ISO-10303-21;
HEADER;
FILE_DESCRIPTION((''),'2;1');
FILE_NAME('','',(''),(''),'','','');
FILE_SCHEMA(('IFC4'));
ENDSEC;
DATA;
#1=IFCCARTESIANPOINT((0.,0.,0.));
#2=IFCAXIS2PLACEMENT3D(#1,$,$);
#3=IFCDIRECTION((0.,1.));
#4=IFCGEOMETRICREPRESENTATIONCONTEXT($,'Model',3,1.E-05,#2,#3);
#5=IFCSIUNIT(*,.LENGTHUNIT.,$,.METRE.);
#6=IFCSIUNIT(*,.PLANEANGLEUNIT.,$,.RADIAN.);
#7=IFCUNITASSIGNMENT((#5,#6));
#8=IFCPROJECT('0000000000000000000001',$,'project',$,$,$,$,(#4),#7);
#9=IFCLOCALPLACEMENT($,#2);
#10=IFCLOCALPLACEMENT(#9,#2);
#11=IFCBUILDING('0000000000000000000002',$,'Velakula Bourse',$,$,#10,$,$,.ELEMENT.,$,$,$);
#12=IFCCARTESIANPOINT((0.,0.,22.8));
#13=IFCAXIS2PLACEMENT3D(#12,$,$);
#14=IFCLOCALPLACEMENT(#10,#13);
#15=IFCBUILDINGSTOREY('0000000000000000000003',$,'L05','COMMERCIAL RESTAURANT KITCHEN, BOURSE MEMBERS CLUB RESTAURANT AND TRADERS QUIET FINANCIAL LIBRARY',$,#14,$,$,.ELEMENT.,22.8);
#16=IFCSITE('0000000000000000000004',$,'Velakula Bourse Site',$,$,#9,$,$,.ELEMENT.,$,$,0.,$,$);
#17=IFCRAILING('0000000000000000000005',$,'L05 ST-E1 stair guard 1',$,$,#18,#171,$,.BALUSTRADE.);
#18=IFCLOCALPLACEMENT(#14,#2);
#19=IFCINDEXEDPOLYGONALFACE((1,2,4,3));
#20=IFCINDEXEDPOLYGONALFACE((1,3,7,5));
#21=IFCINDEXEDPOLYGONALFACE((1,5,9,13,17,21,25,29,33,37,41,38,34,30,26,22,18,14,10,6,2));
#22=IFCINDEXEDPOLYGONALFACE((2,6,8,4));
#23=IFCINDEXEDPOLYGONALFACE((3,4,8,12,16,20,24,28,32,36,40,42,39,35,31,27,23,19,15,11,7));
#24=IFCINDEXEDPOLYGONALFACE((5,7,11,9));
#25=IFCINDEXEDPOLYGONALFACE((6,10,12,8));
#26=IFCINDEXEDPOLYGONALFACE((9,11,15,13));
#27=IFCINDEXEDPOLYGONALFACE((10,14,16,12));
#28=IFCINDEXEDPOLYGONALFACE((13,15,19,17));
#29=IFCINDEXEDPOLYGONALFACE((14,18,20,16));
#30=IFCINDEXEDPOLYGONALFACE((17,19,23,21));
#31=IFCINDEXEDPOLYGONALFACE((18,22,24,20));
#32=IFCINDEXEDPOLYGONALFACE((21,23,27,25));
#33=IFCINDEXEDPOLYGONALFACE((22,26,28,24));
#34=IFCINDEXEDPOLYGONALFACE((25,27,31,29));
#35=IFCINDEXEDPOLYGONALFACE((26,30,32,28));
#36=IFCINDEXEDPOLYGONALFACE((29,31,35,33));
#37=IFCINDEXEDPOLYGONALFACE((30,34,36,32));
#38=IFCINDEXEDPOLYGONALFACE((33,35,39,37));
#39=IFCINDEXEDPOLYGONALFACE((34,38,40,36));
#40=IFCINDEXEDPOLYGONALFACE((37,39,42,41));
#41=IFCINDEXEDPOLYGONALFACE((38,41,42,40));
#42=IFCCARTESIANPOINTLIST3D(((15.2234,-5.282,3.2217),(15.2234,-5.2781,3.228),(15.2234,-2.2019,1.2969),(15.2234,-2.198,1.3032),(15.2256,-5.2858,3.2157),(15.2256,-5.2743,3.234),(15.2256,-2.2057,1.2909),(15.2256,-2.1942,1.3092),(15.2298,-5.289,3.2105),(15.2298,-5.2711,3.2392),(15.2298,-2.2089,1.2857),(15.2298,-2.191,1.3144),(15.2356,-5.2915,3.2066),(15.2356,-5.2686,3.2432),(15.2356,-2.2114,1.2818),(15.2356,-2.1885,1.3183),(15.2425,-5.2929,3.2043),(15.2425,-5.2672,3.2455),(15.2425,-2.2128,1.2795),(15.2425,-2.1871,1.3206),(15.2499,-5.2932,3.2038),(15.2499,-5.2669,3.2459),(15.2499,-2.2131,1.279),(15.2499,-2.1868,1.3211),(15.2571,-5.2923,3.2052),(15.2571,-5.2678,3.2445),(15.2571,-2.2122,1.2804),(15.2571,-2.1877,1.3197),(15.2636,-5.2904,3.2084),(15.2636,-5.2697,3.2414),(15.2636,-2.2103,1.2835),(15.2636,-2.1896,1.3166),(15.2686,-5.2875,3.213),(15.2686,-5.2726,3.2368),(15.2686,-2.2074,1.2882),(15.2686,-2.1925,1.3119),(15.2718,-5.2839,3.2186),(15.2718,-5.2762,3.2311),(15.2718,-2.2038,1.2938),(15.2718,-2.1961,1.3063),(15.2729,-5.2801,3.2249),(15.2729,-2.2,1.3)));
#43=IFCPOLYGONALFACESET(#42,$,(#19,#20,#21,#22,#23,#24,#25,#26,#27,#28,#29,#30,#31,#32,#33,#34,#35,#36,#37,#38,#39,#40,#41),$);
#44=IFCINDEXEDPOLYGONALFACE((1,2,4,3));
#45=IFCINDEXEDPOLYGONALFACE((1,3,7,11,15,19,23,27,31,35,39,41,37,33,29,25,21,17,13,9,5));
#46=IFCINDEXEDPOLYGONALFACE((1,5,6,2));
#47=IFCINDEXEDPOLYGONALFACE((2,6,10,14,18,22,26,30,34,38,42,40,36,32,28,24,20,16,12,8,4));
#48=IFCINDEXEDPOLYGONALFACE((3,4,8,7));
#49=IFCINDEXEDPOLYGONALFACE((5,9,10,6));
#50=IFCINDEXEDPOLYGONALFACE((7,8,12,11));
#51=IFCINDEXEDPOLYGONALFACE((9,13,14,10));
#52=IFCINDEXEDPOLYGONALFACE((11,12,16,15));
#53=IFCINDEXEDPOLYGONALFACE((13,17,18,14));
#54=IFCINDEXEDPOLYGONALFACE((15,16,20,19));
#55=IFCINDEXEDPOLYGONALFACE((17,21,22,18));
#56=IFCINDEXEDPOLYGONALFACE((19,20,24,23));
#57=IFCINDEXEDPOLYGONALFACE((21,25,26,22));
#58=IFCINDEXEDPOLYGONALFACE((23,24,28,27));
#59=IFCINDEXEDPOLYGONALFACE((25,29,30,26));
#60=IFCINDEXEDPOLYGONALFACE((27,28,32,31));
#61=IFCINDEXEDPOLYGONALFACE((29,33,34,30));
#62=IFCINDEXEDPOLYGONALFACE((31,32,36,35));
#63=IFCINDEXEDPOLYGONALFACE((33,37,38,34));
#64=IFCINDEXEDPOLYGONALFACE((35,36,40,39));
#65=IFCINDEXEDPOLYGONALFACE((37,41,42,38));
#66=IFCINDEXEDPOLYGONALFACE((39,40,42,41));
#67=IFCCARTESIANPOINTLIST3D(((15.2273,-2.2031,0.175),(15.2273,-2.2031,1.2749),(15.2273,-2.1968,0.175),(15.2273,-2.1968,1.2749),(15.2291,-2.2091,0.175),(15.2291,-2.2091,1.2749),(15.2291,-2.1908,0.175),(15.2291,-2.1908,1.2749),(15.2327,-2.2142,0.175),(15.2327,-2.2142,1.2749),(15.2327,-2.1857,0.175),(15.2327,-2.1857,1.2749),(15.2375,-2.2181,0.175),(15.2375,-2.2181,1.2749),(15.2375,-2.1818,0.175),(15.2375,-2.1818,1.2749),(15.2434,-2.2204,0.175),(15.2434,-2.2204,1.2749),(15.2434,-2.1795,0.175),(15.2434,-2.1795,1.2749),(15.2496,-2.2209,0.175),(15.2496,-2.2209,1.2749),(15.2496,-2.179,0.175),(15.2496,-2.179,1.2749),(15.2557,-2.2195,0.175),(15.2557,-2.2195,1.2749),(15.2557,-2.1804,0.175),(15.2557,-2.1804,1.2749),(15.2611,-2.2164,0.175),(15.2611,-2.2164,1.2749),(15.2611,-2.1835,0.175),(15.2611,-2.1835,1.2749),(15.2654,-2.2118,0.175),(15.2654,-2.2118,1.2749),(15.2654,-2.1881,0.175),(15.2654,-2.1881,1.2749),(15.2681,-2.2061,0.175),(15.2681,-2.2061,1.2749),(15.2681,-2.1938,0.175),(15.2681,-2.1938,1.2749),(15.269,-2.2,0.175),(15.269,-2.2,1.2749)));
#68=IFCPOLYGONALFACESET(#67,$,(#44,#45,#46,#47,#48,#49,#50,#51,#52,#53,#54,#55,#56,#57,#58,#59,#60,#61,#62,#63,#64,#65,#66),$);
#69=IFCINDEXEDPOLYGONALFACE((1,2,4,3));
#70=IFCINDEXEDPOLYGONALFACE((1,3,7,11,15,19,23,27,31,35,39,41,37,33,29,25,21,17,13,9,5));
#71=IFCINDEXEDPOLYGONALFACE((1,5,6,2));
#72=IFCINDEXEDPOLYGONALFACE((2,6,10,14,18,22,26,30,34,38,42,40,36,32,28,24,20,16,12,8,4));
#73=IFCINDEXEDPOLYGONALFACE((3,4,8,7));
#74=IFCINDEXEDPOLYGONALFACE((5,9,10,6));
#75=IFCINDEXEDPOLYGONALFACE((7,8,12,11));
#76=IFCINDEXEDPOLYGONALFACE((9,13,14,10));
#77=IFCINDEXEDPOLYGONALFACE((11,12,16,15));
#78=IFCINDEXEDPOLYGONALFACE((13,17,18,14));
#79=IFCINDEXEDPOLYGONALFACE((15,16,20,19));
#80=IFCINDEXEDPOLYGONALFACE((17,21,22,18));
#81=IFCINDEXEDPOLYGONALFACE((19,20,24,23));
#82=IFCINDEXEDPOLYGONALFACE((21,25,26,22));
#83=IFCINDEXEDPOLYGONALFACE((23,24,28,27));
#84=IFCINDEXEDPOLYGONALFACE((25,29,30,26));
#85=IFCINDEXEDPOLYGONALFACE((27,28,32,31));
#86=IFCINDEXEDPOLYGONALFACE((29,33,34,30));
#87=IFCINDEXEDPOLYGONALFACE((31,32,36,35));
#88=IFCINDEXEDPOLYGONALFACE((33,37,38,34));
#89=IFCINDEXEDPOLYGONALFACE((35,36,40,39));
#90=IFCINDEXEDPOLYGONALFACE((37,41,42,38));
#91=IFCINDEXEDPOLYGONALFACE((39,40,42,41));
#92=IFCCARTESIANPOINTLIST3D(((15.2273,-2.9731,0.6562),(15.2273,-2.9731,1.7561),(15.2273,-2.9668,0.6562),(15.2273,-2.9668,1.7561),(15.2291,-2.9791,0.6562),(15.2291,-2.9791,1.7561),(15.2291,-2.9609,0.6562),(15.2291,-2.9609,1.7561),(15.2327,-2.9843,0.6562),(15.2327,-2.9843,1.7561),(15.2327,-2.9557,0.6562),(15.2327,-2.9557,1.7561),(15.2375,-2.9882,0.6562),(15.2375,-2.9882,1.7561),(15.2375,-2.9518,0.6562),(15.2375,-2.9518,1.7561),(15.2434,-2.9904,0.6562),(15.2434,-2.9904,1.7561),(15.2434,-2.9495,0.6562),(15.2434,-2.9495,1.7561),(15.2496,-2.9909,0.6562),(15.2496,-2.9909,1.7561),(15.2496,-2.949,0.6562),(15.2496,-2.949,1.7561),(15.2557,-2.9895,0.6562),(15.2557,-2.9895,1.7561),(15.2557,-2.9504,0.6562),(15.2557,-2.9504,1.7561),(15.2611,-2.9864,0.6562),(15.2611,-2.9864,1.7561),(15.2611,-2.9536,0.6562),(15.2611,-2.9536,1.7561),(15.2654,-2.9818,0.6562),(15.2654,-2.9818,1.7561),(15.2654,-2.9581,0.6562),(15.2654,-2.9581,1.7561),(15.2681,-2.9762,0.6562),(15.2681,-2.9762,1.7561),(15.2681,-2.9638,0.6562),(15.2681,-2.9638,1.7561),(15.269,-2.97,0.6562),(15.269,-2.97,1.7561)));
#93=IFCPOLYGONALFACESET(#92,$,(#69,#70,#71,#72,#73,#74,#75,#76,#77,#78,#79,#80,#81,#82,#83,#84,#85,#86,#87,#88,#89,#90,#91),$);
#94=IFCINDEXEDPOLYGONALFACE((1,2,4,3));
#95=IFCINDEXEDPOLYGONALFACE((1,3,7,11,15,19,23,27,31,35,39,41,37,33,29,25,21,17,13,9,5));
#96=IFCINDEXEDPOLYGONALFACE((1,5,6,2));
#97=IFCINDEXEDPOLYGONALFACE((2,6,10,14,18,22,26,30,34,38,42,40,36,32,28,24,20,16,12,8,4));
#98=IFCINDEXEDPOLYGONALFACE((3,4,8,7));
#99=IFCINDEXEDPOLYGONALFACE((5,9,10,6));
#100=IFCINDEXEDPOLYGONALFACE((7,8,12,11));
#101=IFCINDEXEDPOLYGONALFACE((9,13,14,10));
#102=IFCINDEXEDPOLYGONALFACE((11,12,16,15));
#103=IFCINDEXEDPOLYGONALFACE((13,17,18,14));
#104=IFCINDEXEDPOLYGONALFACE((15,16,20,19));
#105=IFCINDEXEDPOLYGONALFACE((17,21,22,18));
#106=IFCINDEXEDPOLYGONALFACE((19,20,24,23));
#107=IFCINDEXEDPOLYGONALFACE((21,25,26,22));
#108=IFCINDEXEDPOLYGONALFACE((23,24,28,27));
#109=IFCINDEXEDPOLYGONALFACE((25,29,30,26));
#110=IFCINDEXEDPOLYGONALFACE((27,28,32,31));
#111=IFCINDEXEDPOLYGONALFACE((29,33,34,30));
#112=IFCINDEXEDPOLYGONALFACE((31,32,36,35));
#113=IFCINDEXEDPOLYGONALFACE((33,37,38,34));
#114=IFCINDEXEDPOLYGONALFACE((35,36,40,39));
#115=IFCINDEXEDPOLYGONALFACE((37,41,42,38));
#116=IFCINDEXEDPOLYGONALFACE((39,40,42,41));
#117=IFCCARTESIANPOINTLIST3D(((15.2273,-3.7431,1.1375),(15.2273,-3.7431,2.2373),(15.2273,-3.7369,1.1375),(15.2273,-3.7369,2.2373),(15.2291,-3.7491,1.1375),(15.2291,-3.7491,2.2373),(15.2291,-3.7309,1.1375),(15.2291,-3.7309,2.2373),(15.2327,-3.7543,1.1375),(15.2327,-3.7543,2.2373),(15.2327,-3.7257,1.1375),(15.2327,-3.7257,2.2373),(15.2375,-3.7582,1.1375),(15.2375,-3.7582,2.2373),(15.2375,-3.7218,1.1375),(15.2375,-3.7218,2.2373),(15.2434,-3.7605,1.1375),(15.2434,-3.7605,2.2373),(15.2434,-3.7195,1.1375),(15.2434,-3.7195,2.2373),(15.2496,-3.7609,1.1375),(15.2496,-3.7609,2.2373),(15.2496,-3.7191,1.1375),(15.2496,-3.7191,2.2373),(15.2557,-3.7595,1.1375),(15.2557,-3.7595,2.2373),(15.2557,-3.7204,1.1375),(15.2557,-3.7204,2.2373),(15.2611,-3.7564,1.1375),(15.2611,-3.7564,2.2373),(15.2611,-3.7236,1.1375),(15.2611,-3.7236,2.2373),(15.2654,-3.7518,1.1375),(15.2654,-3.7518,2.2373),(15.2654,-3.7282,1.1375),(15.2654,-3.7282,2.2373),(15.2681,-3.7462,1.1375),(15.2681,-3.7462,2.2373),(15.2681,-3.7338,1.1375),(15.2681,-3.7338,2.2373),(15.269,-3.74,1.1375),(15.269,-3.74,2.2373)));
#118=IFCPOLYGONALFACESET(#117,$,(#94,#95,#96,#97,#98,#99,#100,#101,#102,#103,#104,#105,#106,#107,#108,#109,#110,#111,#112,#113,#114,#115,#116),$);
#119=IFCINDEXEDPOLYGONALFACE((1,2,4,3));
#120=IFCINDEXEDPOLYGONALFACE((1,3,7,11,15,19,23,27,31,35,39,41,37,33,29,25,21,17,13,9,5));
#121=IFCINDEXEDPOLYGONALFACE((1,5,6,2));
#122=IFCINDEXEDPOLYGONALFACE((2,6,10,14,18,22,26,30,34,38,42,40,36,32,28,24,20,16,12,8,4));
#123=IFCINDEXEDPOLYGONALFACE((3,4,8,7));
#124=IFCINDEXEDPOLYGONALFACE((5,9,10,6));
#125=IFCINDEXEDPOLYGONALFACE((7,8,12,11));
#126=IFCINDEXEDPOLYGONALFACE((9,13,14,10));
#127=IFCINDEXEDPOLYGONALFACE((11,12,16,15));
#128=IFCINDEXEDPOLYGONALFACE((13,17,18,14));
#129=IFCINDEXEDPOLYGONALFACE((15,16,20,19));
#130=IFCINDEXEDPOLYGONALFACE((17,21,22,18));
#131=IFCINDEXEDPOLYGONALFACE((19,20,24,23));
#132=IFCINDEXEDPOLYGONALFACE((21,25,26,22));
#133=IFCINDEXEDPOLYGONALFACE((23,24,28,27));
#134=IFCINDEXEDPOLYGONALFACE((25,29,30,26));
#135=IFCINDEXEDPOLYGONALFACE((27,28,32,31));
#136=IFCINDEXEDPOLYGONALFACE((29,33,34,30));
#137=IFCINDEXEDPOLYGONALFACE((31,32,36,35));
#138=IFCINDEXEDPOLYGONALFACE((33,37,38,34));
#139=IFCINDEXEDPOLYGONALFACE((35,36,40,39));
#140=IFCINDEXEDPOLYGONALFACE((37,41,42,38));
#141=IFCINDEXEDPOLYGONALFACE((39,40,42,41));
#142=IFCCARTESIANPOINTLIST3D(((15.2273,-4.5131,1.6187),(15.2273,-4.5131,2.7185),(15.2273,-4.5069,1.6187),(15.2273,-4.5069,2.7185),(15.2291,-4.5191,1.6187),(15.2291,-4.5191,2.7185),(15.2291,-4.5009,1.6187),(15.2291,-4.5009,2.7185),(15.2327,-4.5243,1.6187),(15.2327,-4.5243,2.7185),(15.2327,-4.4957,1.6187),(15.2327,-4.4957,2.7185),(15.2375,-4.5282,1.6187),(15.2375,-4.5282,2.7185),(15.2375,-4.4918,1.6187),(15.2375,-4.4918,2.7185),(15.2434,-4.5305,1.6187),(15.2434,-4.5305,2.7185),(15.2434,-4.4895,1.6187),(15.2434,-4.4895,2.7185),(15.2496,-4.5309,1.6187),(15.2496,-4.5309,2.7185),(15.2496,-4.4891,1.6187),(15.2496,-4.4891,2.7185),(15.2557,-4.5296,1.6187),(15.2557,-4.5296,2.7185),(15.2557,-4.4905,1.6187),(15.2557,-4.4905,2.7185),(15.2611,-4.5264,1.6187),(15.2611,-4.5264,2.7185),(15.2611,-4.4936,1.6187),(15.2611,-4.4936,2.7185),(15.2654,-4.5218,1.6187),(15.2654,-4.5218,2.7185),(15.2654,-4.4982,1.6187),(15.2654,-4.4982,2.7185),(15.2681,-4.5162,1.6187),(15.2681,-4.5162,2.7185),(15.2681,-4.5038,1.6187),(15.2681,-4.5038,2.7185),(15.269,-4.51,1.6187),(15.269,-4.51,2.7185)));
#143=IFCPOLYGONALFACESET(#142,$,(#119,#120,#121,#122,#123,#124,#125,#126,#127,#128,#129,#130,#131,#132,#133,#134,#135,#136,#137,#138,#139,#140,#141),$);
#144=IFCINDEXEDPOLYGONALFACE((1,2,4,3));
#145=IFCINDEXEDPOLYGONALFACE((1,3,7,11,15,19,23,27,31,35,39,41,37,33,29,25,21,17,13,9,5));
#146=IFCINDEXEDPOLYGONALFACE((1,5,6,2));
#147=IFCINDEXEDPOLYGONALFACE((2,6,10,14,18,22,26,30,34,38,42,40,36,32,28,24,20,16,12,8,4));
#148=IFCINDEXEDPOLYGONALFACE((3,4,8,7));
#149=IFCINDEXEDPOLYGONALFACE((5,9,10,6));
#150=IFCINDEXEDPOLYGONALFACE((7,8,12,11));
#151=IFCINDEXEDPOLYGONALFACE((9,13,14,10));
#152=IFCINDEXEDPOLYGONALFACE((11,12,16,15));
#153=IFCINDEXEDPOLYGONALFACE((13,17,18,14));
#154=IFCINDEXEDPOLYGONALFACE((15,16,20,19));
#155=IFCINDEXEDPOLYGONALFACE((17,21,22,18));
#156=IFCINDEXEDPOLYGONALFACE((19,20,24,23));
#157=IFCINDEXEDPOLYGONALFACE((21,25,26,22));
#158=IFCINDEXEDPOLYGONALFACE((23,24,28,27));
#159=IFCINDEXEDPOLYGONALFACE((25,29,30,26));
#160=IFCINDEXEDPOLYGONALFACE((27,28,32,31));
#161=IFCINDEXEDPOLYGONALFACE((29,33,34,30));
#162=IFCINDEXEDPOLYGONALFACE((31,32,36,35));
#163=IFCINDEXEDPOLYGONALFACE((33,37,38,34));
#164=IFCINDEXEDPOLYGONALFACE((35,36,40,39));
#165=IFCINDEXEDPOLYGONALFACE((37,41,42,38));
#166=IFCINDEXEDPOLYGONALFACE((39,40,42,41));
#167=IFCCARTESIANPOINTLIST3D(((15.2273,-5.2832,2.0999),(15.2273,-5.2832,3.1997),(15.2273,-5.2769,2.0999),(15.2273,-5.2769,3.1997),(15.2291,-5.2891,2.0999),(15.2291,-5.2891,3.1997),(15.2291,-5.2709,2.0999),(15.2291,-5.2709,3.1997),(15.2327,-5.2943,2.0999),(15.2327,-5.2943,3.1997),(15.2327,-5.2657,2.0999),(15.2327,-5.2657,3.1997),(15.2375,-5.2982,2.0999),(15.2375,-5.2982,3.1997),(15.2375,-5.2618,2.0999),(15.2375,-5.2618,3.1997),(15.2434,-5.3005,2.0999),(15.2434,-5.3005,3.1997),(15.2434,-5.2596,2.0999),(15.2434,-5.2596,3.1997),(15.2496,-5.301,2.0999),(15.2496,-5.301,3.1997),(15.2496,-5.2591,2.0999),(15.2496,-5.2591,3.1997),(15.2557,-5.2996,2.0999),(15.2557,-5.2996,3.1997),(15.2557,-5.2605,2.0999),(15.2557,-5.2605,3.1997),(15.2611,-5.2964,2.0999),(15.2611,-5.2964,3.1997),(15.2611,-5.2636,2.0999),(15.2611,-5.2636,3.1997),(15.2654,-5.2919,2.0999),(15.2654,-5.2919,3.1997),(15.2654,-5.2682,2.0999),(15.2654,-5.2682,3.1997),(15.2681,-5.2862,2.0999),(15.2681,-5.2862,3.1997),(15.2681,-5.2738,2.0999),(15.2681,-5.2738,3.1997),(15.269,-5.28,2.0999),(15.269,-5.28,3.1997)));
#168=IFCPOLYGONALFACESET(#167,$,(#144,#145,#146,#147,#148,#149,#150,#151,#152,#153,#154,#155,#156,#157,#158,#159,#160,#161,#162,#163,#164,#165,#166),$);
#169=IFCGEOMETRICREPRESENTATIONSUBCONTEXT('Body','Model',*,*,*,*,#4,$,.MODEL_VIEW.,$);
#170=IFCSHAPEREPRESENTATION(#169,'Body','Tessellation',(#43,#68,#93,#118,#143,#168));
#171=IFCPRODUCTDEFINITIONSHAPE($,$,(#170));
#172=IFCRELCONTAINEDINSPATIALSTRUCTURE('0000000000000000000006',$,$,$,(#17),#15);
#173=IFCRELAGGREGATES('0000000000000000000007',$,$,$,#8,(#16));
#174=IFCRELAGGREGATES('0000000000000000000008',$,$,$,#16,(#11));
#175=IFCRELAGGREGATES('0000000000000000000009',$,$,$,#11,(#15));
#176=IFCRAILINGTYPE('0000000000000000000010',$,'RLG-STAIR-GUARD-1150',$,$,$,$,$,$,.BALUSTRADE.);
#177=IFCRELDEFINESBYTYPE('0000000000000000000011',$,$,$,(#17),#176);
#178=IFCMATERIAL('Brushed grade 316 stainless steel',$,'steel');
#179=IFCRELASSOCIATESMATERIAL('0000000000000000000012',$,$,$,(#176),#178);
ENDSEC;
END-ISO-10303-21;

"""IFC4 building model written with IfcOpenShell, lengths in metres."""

from ifc_helpers import new_model, si_unit, direction, frame, origin, origin_2d, place, context, subcontext, project, spatial, circle, extrude, material, type_object, element, save


model = new_model("IFC4")

# Units and contexts
model_context = context("Model", 3, precision=1e-05, world=origin(), true_north=direction((0.0, 1.0)))
body_context = subcontext(model_context, "Body", "Model", "MODEL_VIEW")
ifc_project = project(units=[si_unit("LENGTHUNIT", "METRE"), si_unit("PLANEANGLEUNIT", "RADIAN")], contexts=[model_context])

# Site, building, storey
site_placement = place(None, origin())
site = spatial("IfcSite", under=ifc_project, at=site_placement, Name="Velakula Bourse Site", CompositionType="ELEMENT", RefElevation=0.0)
building_placement = place(site_placement, origin())
building = spatial("IfcBuilding", under=site, at=building_placement, Name="Velakula Bourse", CompositionType="ELEMENT")
storey_placement = place(building_placement, frame((0.0, 0.0, 22.8)))
storey = spatial("IfcBuildingStorey", under=building, at=storey_placement, Name="L05", Description="COMMERCIAL RESTAURANT KITCHEN, BOURSE MEMBERS CLUB RESTAURANT AND TRADERS QUIET FINANCIAL LIBRARY", CompositionType="ELEMENT", Elevation=22.8)

# Shared definitions
ifc_material_1 = material(Name="Brushed grade 316 stainless steel", Category="steel")

# Railing
railing_type_1 = type_object("IfcRailingType", Name="RLG-STAIR-GUARD-1150", PredefinedType="BALUSTRADE", material=ifc_material_1)
railing_1_placement = place(storey_placement, frame((15.248, -2.2, 0.175)))
element("IfcRailing", 1, at=railing_1_placement, inside=storey, type_object=railing_type_1, Name="L05 ST-E1 stair guard 1", PredefinedType="BALUSTRADE", context=body_context, shape_type="SweptSolid", body=[
    extrude(circle(Radius=0.0249, at=origin_2d()), frame((0.0, 0.0, 1.125), z_axis=(0.0, -0.848029, 0.529951), x_axis=(1.0, 0.0, 0.0)), (0.0, 0.0, 1.0), 3.6321),
    extrude(circle(Radius=0.021, at=origin_2d()), origin(), (0.0, 0.0, 1.0), 1.0999),
    extrude(circle(Radius=0.021, at=origin_2d()), frame((0.0, -0.77, 0.4812)), (0.0, 0.0, 1.0), 1.0999),
    extrude(circle(Radius=0.021, at=origin_2d()), frame((0.0, -1.54, 0.9624)), (0.0, 0.0, 1.0), 1.0999),
    extrude(circle(Radius=0.021, at=origin_2d()), frame((0.0, -2.3101, 1.4436)), (0.0, 0.0, 1.0), 1.0999),
    extrude(circle(Radius=0.021, at=origin_2d()), frame((0.0, -3.0801, 1.9248)), (0.0, 0.0, 1.0), 1.0999),
])

save(model, "model.ifc")
